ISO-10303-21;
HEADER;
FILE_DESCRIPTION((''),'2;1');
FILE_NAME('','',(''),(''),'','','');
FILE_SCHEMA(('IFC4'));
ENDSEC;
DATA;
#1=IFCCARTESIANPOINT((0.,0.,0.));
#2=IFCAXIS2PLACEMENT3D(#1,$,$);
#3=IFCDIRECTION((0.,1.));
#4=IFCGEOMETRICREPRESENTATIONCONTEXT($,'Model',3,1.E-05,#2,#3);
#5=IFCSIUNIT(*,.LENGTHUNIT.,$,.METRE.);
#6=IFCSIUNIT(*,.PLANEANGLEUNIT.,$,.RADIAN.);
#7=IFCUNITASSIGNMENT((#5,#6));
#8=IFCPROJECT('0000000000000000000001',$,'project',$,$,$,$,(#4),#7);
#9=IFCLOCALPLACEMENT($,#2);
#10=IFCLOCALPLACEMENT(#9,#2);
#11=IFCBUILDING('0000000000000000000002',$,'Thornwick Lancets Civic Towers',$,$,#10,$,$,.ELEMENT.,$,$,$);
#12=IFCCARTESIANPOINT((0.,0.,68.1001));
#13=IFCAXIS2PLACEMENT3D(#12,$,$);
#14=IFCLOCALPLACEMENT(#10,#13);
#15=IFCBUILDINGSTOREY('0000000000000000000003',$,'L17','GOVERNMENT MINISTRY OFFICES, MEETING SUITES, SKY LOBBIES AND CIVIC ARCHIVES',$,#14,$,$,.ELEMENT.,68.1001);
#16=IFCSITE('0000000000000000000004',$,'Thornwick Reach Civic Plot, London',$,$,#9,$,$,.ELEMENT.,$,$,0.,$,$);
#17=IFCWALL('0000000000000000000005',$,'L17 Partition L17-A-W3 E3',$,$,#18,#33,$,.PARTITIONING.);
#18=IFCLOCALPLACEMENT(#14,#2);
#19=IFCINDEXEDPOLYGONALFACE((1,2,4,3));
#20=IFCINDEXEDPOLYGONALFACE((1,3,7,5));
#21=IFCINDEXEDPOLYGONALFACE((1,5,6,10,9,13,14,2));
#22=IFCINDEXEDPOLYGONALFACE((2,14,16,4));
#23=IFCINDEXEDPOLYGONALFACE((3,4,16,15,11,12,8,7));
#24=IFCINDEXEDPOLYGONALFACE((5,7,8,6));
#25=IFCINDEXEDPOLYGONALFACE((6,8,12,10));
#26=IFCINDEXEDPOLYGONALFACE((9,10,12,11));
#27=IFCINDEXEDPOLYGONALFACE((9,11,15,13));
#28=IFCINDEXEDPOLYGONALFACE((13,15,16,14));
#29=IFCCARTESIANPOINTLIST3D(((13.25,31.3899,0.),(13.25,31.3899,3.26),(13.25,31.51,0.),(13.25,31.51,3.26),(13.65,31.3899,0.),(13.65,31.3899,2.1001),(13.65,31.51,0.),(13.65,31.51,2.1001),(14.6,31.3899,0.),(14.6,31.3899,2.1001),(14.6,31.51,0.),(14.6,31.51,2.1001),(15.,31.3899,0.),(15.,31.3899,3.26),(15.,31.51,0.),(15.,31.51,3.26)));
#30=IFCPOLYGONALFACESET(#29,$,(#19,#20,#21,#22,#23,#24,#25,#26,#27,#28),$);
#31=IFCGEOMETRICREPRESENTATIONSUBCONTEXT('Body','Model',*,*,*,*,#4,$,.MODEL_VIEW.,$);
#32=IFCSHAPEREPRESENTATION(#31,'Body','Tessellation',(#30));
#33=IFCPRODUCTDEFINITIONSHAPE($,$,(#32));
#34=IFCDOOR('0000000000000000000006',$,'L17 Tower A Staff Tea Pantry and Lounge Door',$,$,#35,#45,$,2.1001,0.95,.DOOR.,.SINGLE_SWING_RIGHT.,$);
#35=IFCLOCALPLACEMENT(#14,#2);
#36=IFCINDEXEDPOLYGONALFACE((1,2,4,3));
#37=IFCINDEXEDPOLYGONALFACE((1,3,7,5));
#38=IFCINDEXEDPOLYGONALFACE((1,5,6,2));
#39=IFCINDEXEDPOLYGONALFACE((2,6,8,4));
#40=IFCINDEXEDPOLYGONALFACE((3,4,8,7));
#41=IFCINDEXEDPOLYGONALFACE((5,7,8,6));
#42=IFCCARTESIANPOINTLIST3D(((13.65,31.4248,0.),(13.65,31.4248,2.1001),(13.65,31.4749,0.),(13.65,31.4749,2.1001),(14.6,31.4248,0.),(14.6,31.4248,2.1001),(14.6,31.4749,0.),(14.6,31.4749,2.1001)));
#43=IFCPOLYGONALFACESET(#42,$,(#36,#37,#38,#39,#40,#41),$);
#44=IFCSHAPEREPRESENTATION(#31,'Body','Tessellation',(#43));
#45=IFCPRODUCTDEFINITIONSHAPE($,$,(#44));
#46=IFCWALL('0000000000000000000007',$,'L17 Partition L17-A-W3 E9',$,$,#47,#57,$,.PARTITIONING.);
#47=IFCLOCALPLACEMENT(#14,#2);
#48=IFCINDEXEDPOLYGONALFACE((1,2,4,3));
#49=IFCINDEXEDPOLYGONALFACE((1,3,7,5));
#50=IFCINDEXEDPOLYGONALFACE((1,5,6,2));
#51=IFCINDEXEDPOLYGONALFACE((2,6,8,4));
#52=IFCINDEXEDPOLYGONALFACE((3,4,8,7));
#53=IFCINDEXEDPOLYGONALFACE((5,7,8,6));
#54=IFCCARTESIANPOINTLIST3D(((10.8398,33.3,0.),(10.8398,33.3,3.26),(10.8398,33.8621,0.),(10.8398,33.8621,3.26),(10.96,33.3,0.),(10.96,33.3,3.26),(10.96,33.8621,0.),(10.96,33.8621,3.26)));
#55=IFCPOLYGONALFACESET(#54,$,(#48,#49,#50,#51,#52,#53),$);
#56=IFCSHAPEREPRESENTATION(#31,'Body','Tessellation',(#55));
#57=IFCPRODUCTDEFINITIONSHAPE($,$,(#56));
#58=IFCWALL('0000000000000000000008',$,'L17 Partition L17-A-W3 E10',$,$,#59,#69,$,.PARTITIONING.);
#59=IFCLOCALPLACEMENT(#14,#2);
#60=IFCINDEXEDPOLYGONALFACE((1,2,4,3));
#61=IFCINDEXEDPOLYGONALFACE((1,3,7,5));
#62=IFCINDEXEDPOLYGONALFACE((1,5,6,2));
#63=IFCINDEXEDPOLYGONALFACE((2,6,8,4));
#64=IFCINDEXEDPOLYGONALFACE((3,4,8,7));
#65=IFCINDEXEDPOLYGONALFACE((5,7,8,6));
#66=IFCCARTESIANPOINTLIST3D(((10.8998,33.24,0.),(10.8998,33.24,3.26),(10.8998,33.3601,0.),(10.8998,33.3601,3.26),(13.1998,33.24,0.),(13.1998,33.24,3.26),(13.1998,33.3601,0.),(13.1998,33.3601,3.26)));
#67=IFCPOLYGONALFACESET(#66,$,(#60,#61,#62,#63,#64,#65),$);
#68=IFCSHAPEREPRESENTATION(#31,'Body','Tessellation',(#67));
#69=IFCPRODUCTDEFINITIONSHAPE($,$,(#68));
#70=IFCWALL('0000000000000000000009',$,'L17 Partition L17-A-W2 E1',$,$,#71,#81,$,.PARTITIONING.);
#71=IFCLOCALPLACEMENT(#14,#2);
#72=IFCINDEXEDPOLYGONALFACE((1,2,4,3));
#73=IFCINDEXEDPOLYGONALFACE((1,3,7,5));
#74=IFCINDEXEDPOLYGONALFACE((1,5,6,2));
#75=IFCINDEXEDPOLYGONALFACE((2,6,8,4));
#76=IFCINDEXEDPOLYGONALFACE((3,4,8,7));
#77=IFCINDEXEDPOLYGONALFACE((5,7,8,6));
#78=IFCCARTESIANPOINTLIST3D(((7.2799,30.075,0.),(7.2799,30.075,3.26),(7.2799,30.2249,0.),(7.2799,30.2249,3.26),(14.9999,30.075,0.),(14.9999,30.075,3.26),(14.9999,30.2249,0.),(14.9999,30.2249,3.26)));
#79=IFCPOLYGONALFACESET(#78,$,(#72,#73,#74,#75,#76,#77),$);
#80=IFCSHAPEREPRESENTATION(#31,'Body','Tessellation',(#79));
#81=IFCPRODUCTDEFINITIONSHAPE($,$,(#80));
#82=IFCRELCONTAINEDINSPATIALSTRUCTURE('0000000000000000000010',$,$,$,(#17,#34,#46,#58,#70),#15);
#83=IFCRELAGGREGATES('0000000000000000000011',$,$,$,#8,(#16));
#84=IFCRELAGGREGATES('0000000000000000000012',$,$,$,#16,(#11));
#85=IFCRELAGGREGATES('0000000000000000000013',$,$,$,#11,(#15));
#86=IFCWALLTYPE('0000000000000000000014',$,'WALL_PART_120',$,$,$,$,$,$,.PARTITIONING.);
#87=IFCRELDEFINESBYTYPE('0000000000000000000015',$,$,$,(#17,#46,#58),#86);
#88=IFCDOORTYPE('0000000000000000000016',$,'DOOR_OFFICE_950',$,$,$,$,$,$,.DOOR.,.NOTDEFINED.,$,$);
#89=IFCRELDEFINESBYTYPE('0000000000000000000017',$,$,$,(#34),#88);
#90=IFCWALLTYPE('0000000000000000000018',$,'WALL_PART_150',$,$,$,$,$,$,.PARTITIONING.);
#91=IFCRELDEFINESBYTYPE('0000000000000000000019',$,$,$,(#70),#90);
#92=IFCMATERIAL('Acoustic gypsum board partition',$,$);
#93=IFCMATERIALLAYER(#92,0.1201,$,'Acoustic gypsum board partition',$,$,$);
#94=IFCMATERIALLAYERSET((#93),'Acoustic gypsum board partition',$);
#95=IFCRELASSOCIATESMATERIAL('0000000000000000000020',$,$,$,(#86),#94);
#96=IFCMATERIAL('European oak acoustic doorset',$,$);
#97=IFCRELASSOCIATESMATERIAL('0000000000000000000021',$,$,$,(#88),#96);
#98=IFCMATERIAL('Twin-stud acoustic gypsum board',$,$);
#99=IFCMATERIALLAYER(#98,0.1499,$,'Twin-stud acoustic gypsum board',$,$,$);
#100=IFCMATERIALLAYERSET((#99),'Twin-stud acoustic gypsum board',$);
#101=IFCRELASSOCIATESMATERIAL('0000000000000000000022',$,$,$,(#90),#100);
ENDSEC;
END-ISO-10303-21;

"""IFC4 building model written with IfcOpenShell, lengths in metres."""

from ifc_helpers import new_model, si_unit, direction, frame, frame_2d, origin, place, context, subcontext, project, spatial, rectangle, extrude, material, layer, layer_set, type_object, element, fill, save


model = new_model("IFC4")

# Units and contexts
model_context = context("Model", 3, precision=1e-05, world=origin(), true_north=direction((0.0, 1.0)))
body_context = subcontext(model_context, "Body", "Model", "MODEL_VIEW")
ifc_project = project(units=[si_unit("LENGTHUNIT", "METRE"), si_unit("PLANEANGLEUNIT", "RADIAN")], contexts=[model_context])

# Site, building, storey
site_placement = place(None, origin())
site = spatial("IfcSite", under=ifc_project, at=site_placement, Name="Thornwick Reach Civic Plot, London", CompositionType="ELEMENT", RefElevation=0.0)
building_placement = place(site_placement, origin())
building = spatial("IfcBuilding", under=site, at=building_placement, Name="Thornwick Lancets Civic Towers", CompositionType="ELEMENT")
storey_placement = place(building_placement, frame((0.0, 0.0, 68.1001)))
storey = spatial("IfcBuildingStorey", under=building, at=storey_placement, Name="L17", Description="GOVERNMENT MINISTRY OFFICES, MEETING SUITES, SKY LOBBIES AND CIVIC ARCHIVES", CompositionType="ELEMENT", Elevation=68.1001)

# Shared definitions
ifc_material_1 = material(Name="Acoustic gypsum board partition")
ifc_layer_1 = layer(ifc_material_1, 0.1201, Name="Acoustic gypsum board partition")
ifc_layer_set_1 = layer_set([ifc_layer_1], Name="Acoustic gypsum board partition")
wall_type_1 = type_object("IfcWallType", Name="WALL_PART_120", PredefinedType="PARTITIONING", material=ifc_layer_set_1)

# Wall, opening, door
wall_1_placement = place(storey_placement, frame((13.25, 31.45, 0.0), z_axis=(0.0, 0.0, 1.0), x_axis=(1.0, 0.0, 0.0)))
wall_1 = element("IfcWall", 1, at=wall_1_placement, inside=storey, type_object=wall_type_1, Name="L17 Partition L17-A-W3 E3", PredefinedType="PARTITIONING", context=body_context, shape_type="SweptSolid", body=[
    extrude(rectangle(XDim=1.75, YDim=0.1201, at=frame_2d((0.875, 0.0))), origin(), (0.0, 0.0, 1.0), 3.26),
])
opening_1_placement = place(wall_1_placement, frame((0.3999, 0.0, 0.0)))
opening_1 = element("IfcOpeningElement", 2, at=opening_1_placement, cuts=wall_1, PredefinedType="OPENING", context=body_context, shape_type="SweptSolid", body=[
    extrude(rectangle(XDim=0.95, YDim=2.1001, at=frame_2d((0.4751, 1.05))), frame((0.0, 0.0701, 0.0), z_axis=(0.0, -1.0, 0.0), x_axis=(1.0, 0.0, 0.0)), (0.0, 0.0, 1.0), 0.1401),
])
ifc_material_2 = material(Name="European oak acoustic doorset")
door_type_1 = type_object("IfcDoorType", Name="DOOR_OFFICE_950", OperationType="NOTDEFINED", PredefinedType="DOOR", material=ifc_material_2)
door_1_placement = place(opening_1_placement, origin())
door_1 = element("IfcDoor", 3, at=door_1_placement, inside=storey, type_object=door_type_1, Name="L17 Tower A Staff Tea Pantry and Lounge Door", OperationType="SINGLE_SWING_RIGHT", OverallHeight=2.1001, OverallWidth=0.95, PredefinedType="DOOR", context=body_context, shape_type="SweptSolid", body=[
    extrude(rectangle(XDim=0.95, YDim=2.1001, at=frame_2d((0.4751, 1.05))), frame((0.0, 0.0249, 0.0), z_axis=(0.0, -1.0, 0.0), x_axis=(1.0, 0.0, 0.0)), (0.0, 0.0, 1.0), 0.05),
])
fill(opening_1, door_1)

# Walls
wall_2_placement = place(storey_placement, frame((10.8999, 33.8621, 0.0), z_axis=(0.0, 0.0, 1.0), x_axis=(0.0, -1.0, 0.0)))
element("IfcWall", 4, at=wall_2_placement, inside=storey, type_object=wall_type_1, Name="L17 Partition L17-A-W3 E9", PredefinedType="PARTITIONING", context=body_context, shape_type="SweptSolid", body=[
    extrude(rectangle(XDim=0.562, YDim=0.1201, at=frame_2d((0.281, 0.0))), origin(), (0.0, 0.0, 1.0), 3.26),
])
wall_3_placement = place(storey_placement, frame((10.8999, 33.3, 0.0), z_axis=(0.0, 0.0, 1.0), x_axis=(1.0, 0.0, 0.0)))
element("IfcWall", 5, at=wall_3_placement, inside=storey, type_object=wall_type_1, Name="L17 Partition L17-A-W3 E10", PredefinedType="PARTITIONING", context=body_context, shape_type="SweptSolid", body=[
    extrude(rectangle(XDim=2.3, YDim=0.1201, at=frame_2d((1.1499, 0.0))), origin(), (0.0, 0.0, 1.0), 3.26),
])
ifc_material_3 = material(Name="Twin-stud acoustic gypsum board")
ifc_layer_2 = layer(ifc_material_3, 0.1499, Name="Twin-stud acoustic gypsum board")
ifc_layer_set_2 = layer_set([ifc_layer_2], Name="Twin-stud acoustic gypsum board")
wall_type_2 = type_object("IfcWallType", Name="WALL_PART_150", PredefinedType="PARTITIONING", material=ifc_layer_set_2)
wall_4_placement = place(storey_placement, frame((7.28, 30.1499, 0.0), z_axis=(0.0, 0.0, 1.0), x_axis=(1.0, 0.0, 0.0)))
element("IfcWall", 6, at=wall_4_placement, inside=storey, type_object=wall_type_2, Name="L17 Partition L17-A-W2 E1", PredefinedType="PARTITIONING", context=body_context, shape_type="SweptSolid", body=[
    extrude(rectangle(XDim=7.72, YDim=0.1499, at=frame_2d((3.8599, 0.0))), origin(), (0.0, 0.0, 1.0), 3.26),
])

save(model, "model.ifc")
